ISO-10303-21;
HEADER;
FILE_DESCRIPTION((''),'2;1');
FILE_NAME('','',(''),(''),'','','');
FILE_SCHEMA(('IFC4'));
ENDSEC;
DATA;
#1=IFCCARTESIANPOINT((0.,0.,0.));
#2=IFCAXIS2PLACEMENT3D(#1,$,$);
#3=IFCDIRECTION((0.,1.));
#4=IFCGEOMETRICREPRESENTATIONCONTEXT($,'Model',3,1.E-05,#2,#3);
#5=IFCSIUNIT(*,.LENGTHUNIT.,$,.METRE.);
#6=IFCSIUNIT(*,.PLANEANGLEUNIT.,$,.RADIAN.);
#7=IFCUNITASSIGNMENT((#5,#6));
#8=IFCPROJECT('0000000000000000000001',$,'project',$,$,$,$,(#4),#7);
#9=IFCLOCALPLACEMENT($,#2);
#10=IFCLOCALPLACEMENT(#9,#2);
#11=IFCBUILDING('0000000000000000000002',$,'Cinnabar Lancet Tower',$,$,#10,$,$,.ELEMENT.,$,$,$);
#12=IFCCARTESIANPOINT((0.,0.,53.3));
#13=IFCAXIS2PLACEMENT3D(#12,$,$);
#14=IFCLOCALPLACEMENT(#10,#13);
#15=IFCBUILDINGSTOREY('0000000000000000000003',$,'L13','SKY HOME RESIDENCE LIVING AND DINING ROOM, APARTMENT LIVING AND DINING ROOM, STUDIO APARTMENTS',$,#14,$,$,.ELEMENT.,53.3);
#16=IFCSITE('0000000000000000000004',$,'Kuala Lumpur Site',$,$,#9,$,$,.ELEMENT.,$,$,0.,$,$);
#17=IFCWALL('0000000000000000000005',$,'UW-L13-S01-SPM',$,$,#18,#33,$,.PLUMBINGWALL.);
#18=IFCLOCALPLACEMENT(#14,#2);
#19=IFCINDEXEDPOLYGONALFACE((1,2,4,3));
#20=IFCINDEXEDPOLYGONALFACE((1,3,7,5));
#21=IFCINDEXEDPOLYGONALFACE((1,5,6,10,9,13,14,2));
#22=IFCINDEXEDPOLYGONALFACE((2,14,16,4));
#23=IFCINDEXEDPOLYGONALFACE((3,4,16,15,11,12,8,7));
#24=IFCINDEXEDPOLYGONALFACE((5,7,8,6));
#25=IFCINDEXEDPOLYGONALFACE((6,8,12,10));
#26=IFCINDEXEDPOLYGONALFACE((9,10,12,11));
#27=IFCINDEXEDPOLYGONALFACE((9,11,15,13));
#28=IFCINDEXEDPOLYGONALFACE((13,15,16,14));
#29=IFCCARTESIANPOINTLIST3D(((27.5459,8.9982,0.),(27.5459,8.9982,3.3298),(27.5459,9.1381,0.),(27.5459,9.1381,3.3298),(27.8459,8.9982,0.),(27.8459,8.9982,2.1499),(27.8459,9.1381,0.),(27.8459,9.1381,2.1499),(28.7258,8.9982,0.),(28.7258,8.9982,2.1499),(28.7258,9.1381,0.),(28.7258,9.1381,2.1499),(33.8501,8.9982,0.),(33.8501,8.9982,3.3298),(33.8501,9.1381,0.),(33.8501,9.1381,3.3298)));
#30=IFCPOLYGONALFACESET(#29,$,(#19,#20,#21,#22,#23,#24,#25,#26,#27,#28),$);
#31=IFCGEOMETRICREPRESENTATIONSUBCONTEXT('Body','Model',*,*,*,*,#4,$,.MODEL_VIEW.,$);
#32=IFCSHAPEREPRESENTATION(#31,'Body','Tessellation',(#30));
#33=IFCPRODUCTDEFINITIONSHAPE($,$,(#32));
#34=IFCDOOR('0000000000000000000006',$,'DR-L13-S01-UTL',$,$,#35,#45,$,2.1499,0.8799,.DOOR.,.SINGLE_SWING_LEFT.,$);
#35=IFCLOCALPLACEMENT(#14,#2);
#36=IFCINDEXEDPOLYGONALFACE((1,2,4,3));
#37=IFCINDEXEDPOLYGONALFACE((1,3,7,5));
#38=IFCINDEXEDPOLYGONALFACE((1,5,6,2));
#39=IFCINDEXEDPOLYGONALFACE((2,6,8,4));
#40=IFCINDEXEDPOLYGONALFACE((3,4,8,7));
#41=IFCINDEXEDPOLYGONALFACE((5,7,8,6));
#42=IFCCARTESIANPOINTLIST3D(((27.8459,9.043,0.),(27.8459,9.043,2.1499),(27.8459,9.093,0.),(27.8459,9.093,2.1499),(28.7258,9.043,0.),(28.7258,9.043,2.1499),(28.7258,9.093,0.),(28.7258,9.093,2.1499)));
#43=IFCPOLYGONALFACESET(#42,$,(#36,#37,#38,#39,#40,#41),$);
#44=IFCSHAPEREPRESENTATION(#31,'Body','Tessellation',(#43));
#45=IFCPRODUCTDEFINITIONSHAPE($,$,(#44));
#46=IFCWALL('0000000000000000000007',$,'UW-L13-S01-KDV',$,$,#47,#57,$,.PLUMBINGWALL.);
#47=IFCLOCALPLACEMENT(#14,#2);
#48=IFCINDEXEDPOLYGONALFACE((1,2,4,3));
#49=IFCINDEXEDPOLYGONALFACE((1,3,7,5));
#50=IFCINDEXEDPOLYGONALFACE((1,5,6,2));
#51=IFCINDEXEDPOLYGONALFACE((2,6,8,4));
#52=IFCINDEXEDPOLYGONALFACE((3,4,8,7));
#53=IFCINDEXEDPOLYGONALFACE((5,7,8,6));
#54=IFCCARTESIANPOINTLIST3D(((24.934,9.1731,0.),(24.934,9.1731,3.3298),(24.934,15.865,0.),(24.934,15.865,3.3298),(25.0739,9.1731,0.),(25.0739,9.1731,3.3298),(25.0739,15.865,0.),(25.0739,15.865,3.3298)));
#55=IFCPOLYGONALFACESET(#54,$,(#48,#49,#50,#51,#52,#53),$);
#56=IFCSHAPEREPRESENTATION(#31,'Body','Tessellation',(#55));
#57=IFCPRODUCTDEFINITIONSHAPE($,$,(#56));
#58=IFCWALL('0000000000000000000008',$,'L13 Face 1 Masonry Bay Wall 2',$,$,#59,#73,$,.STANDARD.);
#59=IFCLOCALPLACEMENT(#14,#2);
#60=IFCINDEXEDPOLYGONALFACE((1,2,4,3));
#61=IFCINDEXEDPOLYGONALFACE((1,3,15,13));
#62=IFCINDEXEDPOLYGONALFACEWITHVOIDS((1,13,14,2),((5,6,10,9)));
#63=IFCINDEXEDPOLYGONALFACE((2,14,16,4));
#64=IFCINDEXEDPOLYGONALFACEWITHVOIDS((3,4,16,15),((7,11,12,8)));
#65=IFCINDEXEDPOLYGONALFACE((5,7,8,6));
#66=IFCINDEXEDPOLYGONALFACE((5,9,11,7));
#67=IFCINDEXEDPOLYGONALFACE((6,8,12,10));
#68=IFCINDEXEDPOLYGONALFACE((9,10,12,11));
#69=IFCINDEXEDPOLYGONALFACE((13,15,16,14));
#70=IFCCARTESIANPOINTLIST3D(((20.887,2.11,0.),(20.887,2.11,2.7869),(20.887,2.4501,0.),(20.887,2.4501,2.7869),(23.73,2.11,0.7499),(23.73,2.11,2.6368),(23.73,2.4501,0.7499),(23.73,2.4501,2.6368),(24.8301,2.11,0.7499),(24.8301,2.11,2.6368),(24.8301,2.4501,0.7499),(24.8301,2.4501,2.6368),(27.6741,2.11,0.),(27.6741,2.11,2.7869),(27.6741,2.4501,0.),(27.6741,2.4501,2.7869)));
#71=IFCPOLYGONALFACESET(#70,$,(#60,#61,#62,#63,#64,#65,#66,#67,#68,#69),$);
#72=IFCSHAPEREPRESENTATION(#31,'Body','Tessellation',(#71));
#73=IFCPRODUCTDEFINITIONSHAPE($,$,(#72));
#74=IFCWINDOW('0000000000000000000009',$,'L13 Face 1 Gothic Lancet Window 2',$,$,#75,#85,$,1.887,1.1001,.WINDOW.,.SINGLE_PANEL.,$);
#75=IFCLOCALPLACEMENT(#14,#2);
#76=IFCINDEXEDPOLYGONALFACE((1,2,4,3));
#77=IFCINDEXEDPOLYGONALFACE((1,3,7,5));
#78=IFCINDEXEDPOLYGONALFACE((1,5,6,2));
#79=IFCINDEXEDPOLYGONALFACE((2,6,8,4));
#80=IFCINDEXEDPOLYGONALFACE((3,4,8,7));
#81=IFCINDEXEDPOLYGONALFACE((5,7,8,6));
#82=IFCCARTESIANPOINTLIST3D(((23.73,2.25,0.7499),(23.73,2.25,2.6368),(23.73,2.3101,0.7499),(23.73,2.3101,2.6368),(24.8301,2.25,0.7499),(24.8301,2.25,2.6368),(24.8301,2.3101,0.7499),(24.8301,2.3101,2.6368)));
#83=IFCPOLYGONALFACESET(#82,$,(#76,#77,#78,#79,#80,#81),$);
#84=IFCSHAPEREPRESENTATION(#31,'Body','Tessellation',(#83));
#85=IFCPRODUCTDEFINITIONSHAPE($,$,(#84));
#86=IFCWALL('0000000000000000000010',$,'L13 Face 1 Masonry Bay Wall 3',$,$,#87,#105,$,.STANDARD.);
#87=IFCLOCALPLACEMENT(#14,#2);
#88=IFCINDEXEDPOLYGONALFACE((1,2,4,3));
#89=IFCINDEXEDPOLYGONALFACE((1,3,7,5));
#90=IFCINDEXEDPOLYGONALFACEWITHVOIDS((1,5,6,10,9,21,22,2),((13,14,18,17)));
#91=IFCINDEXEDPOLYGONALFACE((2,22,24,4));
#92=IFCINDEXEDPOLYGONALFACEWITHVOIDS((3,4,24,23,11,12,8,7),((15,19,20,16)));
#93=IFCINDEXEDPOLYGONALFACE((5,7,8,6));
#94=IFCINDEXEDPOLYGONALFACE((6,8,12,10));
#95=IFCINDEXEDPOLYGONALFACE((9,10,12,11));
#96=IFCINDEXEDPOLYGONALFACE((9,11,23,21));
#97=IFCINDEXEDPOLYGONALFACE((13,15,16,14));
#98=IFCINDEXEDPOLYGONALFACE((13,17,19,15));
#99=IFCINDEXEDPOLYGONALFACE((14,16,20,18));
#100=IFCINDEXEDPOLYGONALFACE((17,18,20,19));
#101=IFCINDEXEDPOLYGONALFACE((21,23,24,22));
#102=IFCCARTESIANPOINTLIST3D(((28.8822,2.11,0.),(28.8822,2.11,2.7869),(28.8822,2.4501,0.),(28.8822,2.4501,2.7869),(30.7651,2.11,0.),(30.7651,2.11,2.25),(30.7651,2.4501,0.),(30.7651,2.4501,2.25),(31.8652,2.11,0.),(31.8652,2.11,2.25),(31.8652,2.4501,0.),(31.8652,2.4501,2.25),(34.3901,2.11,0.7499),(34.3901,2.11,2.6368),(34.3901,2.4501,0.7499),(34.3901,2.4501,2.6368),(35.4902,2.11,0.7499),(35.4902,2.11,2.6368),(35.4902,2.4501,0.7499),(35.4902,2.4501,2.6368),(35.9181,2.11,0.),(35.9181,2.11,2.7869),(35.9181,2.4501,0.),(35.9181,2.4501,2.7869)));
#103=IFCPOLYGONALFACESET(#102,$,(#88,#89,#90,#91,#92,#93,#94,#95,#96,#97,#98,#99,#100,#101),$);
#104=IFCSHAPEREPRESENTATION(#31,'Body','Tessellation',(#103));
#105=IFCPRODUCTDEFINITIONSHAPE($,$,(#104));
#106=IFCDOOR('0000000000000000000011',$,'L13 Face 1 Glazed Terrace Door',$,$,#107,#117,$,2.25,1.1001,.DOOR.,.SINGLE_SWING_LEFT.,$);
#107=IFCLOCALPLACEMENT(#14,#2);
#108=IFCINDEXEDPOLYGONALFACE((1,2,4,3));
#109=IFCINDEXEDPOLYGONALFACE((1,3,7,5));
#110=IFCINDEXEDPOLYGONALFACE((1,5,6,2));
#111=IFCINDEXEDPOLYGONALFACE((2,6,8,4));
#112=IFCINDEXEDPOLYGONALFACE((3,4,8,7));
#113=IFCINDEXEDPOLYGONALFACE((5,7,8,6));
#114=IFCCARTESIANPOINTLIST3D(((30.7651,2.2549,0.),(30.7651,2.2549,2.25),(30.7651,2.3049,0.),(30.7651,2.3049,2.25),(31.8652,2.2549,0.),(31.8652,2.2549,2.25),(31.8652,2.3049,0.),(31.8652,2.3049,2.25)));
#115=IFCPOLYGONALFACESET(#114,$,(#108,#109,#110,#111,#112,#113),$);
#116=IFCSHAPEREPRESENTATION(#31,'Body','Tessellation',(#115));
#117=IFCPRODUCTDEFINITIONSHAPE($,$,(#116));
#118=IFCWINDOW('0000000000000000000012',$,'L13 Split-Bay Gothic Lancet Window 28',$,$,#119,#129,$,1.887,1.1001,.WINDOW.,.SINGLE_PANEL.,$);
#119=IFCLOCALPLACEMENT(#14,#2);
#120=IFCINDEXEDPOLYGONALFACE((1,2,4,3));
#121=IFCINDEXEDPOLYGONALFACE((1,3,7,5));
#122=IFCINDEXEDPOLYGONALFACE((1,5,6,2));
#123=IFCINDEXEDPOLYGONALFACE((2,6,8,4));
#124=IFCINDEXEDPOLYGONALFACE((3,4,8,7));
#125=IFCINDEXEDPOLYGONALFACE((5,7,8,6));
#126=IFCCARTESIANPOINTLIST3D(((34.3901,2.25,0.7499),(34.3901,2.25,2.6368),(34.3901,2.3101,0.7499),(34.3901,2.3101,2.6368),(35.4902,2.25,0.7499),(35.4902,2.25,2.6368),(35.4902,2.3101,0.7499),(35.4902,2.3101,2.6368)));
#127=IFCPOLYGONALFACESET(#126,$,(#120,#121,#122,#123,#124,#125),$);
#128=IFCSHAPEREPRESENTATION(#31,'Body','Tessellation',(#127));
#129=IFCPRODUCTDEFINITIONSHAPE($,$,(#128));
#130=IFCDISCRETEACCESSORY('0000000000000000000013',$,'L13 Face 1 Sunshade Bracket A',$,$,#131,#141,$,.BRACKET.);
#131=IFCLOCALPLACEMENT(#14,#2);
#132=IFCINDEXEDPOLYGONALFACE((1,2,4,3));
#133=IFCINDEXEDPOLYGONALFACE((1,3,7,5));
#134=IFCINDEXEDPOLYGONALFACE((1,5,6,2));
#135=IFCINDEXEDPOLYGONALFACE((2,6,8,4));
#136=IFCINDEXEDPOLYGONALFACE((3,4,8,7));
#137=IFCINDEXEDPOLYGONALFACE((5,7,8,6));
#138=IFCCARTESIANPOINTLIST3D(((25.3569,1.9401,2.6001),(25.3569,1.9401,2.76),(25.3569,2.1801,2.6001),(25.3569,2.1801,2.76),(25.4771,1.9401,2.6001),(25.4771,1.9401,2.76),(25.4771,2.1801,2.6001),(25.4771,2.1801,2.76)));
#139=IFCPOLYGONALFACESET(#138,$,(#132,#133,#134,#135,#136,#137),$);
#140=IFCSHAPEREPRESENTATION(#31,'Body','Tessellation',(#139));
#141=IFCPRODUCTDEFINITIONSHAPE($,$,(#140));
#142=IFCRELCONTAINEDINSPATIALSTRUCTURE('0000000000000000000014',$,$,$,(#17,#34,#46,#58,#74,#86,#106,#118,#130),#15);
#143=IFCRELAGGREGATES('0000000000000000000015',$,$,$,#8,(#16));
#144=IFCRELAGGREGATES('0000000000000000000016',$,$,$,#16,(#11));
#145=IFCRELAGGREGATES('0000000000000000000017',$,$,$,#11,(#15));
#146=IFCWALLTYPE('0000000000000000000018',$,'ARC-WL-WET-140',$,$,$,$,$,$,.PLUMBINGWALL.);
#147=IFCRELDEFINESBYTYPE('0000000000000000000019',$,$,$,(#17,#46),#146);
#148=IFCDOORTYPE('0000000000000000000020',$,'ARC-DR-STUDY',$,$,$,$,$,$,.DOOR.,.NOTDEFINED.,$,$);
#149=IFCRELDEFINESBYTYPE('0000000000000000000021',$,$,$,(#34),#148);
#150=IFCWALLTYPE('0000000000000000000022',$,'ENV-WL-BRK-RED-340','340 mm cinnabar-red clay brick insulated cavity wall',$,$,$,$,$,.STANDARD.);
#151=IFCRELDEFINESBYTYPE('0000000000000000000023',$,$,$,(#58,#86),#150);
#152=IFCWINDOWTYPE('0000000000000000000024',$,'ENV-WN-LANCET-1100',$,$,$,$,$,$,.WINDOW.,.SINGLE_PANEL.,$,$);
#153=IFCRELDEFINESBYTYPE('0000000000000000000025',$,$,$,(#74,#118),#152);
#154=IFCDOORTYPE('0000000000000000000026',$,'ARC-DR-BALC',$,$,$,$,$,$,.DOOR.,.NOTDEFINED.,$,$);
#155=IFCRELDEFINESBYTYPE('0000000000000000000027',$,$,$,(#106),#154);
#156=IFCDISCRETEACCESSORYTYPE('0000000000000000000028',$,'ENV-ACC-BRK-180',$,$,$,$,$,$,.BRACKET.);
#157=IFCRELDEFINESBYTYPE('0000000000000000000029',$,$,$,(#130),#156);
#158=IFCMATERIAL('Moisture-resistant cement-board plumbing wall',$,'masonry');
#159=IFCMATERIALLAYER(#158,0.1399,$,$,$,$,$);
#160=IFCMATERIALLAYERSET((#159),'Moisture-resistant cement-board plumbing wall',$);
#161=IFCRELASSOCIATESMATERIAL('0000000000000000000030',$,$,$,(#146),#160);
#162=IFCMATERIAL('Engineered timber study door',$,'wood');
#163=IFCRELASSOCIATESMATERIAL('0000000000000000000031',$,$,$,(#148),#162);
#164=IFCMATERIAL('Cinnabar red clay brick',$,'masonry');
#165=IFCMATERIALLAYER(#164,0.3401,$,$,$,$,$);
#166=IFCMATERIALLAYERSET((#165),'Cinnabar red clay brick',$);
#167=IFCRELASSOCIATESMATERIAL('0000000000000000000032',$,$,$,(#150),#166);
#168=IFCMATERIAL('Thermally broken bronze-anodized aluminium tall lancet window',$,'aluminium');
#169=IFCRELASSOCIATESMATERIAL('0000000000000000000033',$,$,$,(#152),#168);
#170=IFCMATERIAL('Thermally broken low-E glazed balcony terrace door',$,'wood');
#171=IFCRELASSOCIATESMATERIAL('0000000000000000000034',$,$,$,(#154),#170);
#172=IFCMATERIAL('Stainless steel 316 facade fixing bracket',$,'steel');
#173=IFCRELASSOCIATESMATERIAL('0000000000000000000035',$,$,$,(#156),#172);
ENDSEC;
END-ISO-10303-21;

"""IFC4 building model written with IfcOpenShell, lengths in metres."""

from ifc_helpers import new_model, si_unit, direction, frame, frame_2d, origin, origin_2d, place, context, subcontext, project, spatial, rectangle, extrude, material, layer, layer_set, type_object, element, fill, save


model = new_model("IFC4")

# Units and contexts
model_context = context("Model", 3, precision=1e-05, world=origin(), true_north=direction((0.0, 1.0)))
body_context = subcontext(model_context, "Body", "Model", "MODEL_VIEW")
ifc_project = project(units=[si_unit("LENGTHUNIT", "METRE"), si_unit("PLANEANGLEUNIT", "RADIAN")], contexts=[model_context])

# Site, building, storey
site_placement = place(None, origin())
site = spatial("IfcSite", under=ifc_project, at=site_placement, Name="Kuala Lumpur Site", CompositionType="ELEMENT", RefElevation=0.0)
building_placement = place(site_placement, origin())
building = spatial("IfcBuilding", under=site, at=building_placement, Name="Cinnabar Lancet Tower", CompositionType="ELEMENT")
storey_placement = place(building_placement, frame((0.0, 0.0, 53.3)))
storey = spatial("IfcBuildingStorey", under=building, at=storey_placement, Name="L13", Description="SKY HOME RESIDENCE LIVING AND DINING ROOM, APARTMENT LIVING AND DINING ROOM, STUDIO APARTMENTS", CompositionType="ELEMENT", Elevation=53.3)

# Shared definitions
ifc_material_1 = material(Name="Moisture-resistant cement-board plumbing wall", Category="masonry")
ifc_layer_1 = layer(ifc_material_1, 0.1399)
ifc_layer_set_1 = layer_set([ifc_layer_1], Name="Moisture-resistant cement-board plumbing wall")
wall_type_1 = type_object("IfcWallType", Name="ARC-WL-WET-140", PredefinedType="PLUMBINGWALL", material=ifc_layer_set_1)
ifc_material_2 = material(Name="Engineered timber study door", Category="wood")
door_type_1 = type_object("IfcDoorType", Name="ARC-DR-STUDY", OperationType="NOTDEFINED", PredefinedType="DOOR", material=ifc_material_2)

# Wall, opening, door
wall_1_placement = place(storey_placement, frame((27.5459, 9.0681, 0.0), z_axis=(0.0, 0.0, 1.0), x_axis=(1.0, 0.0, 0.0)))
wall_1 = element("IfcWall", 1, at=wall_1_placement, inside=storey, type_object=wall_type_1, Name="UW-L13-S01-SPM", PredefinedType="PLUMBINGWALL", context=body_context, shape_type="SweptSolid", body=[
    extrude(rectangle(XDim=6.3042, YDim=0.1399, at=frame_2d((3.1521, 0.0))), origin(), (0.0, 0.0, 1.0), 3.3298),
])
opening_1_placement = place(wall_1_placement, frame((0.3, 0.0, 0.0)))
opening_1 = element("IfcOpeningElement", 2, at=opening_1_placement, cuts=wall_1, PredefinedType="OPENING", context=body_context, shape_type="SweptSolid", body=[
    extrude(rectangle(XDim=0.8799, YDim=2.1499, at=frame_2d((0.4399, 1.075))), frame((0.0, 0.0798, 0.0), z_axis=(0.0, -1.0, 0.0), x_axis=(1.0, 0.0, 0.0)), (0.0, 0.0, 1.0), 0.1599),
])
door_1_placement = place(opening_1_placement, origin())
door_1 = element("IfcDoor", 3, at=door_1_placement, inside=storey, type_object=door_type_1, Name="DR-L13-S01-UTL", OperationType="SINGLE_SWING_LEFT", OverallHeight=2.1499, OverallWidth=0.8799, PredefinedType="DOOR", context=body_context, shape_type="SweptSolid", body=[
    extrude(rectangle(XDim=0.8799, YDim=2.1499, at=frame_2d((0.4399, 1.075))), frame((0.0, 0.0249, 0.0), z_axis=(0.0, -1.0, 0.0), x_axis=(1.0, 0.0, 0.0)), (0.0, 0.0, 1.0), 0.05),
])
fill(opening_1, door_1)

# Wall
wall_2_placement = place(storey_placement, frame((25.0039, 9.1731, 0.0), z_axis=(0.0, 0.0, 1.0), x_axis=(0.0, 1.0, 0.0)))
element("IfcWall", 4, at=wall_2_placement, inside=storey, type_object=wall_type_1, Name="UW-L13-S01-KDV", PredefinedType="PLUMBINGWALL", context=body_context, shape_type="SweptSolid", body=[
    extrude(rectangle(XDim=6.6919, YDim=0.1399, at=frame_2d((3.3459, 0.0))), origin(), (0.0, 0.0, 1.0), 3.3298),
])

# Wall, opening, window
ifc_material_3 = material(Name="Cinnabar red clay brick", Category="masonry")
ifc_layer_2 = layer(ifc_material_3, 0.3401)
ifc_layer_set_2 = layer_set([ifc_layer_2], Name="Cinnabar red clay brick")
wall_type_2 = type_object("IfcWallType", Name="ENV-WL-BRK-RED-340", Description="340 mm cinnabar-red clay brick insulated cavity wall", PredefinedType="STANDARD", material=ifc_layer_set_2)
wall_3_placement = place(storey_placement, frame((20.887, 2.28, 0.0), z_axis=(0.0, 0.0, 1.0), x_axis=(1.0, 0.0, 0.0)))
wall_3 = element("IfcWall", 5, at=wall_3_placement, inside=storey, type_object=wall_type_2, Name="L13 Face 1 Masonry Bay Wall 2", PredefinedType="STANDARD", context=body_context, shape_type="SweptSolid", body=[
    extrude(rectangle(XDim=6.7871, YDim=0.3401, at=frame_2d((3.3936, 0.0))), origin(), (0.0, 0.0, 1.0), 2.7869),
])
opening_2_placement = place(wall_3_placement, frame((2.843, 0.0, 0.75)))
opening_2 = element("IfcOpeningElement", 6, at=opening_2_placement, cuts=wall_3, PredefinedType="OPENING", context=body_context, shape_type="SweptSolid", body=[
    extrude(rectangle(XDim=1.1001, YDim=1.887, at=frame_2d((0.55, 0.9434))), frame((0.0, 0.1799, 0.0), z_axis=(0.0, -1.0, 0.0), x_axis=(1.0, 0.0, 0.0)), (0.0, 0.0, 1.0), 0.3601),
])
ifc_material_4 = material(Name="Thermally broken bronze-anodized aluminium tall lancet window", Category="aluminium")
window_type = type_object("IfcWindowType", Name="ENV-WN-LANCET-1100", PartitioningType="SINGLE_PANEL", PredefinedType="WINDOW", material=ifc_material_4)
window_1_placement = place(opening_2_placement, origin())
window_1 = element("IfcWindow", 7, at=window_1_placement, inside=storey, type_object=window_type, Name="L13 Face 1 Gothic Lancet Window 2", OverallHeight=1.887, OverallWidth=1.1001, PartitioningType="SINGLE_PANEL", PredefinedType="WINDOW", context=body_context, shape_type="SweptSolid", body=[
    extrude(rectangle(XDim=1.1001, YDim=1.887, at=frame_2d((0.55, 0.9434))), frame((0.0, 0.03, 0.0), z_axis=(0.0, -1.0, 0.0), x_axis=(1.0, 0.0, 0.0)), (0.0, 0.0, 1.0), 0.0601),
])
fill(opening_2, window_1)

# Wall, openings, door, window
wall_4_placement = place(storey_placement, frame((28.8821, 2.28, 0.0), z_axis=(0.0, 0.0, 1.0), x_axis=(1.0, 0.0, 0.0)))
wall_4 = element("IfcWall", 8, at=wall_4_placement, inside=storey, type_object=wall_type_2, Name="L13 Face 1 Masonry Bay Wall 3", PredefinedType="STANDARD", context=body_context, shape_type="SweptSolid", body=[
    extrude(rectangle(XDim=7.0359, YDim=0.3401, at=frame_2d((3.5181, 0.0))), origin(), (0.0, 0.0, 1.0), 2.7869),
])
opening_3_placement = place(wall_4_placement, frame((1.8831, 0.0, 0.0)))
opening_3 = element("IfcOpeningElement", 9, at=opening_3_placement, cuts=wall_4, PredefinedType="OPENING", context=body_context, shape_type="SweptSolid", body=[
    extrude(rectangle(XDim=1.1001, YDim=2.25, at=frame_2d((0.55, 1.125))), frame((0.0, 0.1799, 0.0), z_axis=(0.0, -1.0, 0.0), x_axis=(1.0, 0.0, 0.0)), (0.0, 0.0, 1.0), 0.3601),
])
opening_4_placement = place(wall_4_placement, frame((5.5081, 0.0, 0.75)))
opening_4 = element("IfcOpeningElement", 10, at=opening_4_placement, cuts=wall_4, PredefinedType="OPENING", context=body_context, shape_type="SweptSolid", body=[
    extrude(rectangle(XDim=1.1001, YDim=1.887, at=frame_2d((0.55, 0.9434))), frame((0.0, 0.1799, 0.0), z_axis=(0.0, -1.0, 0.0), x_axis=(1.0, 0.0, 0.0)), (0.0, 0.0, 1.0), 0.3601),
])
ifc_material_5 = material(Name="Thermally broken low-E glazed balcony terrace door", Category="wood")
door_type_2 = type_object("IfcDoorType", Name="ARC-DR-BALC", OperationType="NOTDEFINED", PredefinedType="DOOR", material=ifc_material_5)
door_2_placement = place(opening_3_placement, origin())
door_2 = element("IfcDoor", 11, at=door_2_placement, inside=storey, type_object=door_type_2, Name="L13 Face 1 Glazed Terrace Door", OperationType="SINGLE_SWING_LEFT", OverallHeight=2.25, OverallWidth=1.1001, PredefinedType="DOOR", context=body_context, shape_type="SweptSolid", body=[
    extrude(rectangle(XDim=1.1001, YDim=2.25, at=frame_2d((0.55, 1.125))), frame((0.0, 0.0249, 0.0), z_axis=(0.0, -1.0, 0.0), x_axis=(1.0, 0.0, 0.0)), (0.0, 0.0, 1.0), 0.05),
])
fill(opening_3, door_2)
window_2_placement = place(opening_4_placement, origin())
window_2 = element("IfcWindow", 12, at=window_2_placement, inside=storey, type_object=window_type, Name="L13 Split-Bay Gothic Lancet Window 28", OverallHeight=1.887, OverallWidth=1.1001, PartitioningType="SINGLE_PANEL", PredefinedType="WINDOW", context=body_context, shape_type="SweptSolid", body=[
    extrude(rectangle(XDim=1.1001, YDim=1.887, at=frame_2d((0.55, 0.9434))), frame((0.0, 0.03, 0.0), z_axis=(0.0, -1.0, 0.0), x_axis=(1.0, 0.0, 0.0)), (0.0, 0.0, 1.0), 0.0601),
])
fill(opening_4, window_2)

# Discrete accessory
ifc_material_6 = material(Name="Stainless steel 316 facade fixing bracket", Category="steel")
discrete_accessory_type = type_object("IfcDiscreteAccessoryType", Name="ENV-ACC-BRK-180", PredefinedType="BRACKET", material=ifc_material_6)
discrete_accessory_placement = place(storey_placement, frame((25.417, 2.0601, 2.6001), z_axis=(0.0, 0.0, 1.0), x_axis=(1.0, 0.0, 0.0)))
element("IfcDiscreteAccessory", 13, at=discrete_accessory_placement, inside=storey, type_object=discrete_accessory_type, Name="L13 Face 1 Sunshade Bracket A", PredefinedType="BRACKET", context=body_context, shape_type="SweptSolid", body=[
    extrude(rectangle(XDim=0.1201, YDim=0.24, at=origin_2d()), origin(), (0.0, 0.0, 1.0), 0.1599),
])

save(model, "model.ifc")
